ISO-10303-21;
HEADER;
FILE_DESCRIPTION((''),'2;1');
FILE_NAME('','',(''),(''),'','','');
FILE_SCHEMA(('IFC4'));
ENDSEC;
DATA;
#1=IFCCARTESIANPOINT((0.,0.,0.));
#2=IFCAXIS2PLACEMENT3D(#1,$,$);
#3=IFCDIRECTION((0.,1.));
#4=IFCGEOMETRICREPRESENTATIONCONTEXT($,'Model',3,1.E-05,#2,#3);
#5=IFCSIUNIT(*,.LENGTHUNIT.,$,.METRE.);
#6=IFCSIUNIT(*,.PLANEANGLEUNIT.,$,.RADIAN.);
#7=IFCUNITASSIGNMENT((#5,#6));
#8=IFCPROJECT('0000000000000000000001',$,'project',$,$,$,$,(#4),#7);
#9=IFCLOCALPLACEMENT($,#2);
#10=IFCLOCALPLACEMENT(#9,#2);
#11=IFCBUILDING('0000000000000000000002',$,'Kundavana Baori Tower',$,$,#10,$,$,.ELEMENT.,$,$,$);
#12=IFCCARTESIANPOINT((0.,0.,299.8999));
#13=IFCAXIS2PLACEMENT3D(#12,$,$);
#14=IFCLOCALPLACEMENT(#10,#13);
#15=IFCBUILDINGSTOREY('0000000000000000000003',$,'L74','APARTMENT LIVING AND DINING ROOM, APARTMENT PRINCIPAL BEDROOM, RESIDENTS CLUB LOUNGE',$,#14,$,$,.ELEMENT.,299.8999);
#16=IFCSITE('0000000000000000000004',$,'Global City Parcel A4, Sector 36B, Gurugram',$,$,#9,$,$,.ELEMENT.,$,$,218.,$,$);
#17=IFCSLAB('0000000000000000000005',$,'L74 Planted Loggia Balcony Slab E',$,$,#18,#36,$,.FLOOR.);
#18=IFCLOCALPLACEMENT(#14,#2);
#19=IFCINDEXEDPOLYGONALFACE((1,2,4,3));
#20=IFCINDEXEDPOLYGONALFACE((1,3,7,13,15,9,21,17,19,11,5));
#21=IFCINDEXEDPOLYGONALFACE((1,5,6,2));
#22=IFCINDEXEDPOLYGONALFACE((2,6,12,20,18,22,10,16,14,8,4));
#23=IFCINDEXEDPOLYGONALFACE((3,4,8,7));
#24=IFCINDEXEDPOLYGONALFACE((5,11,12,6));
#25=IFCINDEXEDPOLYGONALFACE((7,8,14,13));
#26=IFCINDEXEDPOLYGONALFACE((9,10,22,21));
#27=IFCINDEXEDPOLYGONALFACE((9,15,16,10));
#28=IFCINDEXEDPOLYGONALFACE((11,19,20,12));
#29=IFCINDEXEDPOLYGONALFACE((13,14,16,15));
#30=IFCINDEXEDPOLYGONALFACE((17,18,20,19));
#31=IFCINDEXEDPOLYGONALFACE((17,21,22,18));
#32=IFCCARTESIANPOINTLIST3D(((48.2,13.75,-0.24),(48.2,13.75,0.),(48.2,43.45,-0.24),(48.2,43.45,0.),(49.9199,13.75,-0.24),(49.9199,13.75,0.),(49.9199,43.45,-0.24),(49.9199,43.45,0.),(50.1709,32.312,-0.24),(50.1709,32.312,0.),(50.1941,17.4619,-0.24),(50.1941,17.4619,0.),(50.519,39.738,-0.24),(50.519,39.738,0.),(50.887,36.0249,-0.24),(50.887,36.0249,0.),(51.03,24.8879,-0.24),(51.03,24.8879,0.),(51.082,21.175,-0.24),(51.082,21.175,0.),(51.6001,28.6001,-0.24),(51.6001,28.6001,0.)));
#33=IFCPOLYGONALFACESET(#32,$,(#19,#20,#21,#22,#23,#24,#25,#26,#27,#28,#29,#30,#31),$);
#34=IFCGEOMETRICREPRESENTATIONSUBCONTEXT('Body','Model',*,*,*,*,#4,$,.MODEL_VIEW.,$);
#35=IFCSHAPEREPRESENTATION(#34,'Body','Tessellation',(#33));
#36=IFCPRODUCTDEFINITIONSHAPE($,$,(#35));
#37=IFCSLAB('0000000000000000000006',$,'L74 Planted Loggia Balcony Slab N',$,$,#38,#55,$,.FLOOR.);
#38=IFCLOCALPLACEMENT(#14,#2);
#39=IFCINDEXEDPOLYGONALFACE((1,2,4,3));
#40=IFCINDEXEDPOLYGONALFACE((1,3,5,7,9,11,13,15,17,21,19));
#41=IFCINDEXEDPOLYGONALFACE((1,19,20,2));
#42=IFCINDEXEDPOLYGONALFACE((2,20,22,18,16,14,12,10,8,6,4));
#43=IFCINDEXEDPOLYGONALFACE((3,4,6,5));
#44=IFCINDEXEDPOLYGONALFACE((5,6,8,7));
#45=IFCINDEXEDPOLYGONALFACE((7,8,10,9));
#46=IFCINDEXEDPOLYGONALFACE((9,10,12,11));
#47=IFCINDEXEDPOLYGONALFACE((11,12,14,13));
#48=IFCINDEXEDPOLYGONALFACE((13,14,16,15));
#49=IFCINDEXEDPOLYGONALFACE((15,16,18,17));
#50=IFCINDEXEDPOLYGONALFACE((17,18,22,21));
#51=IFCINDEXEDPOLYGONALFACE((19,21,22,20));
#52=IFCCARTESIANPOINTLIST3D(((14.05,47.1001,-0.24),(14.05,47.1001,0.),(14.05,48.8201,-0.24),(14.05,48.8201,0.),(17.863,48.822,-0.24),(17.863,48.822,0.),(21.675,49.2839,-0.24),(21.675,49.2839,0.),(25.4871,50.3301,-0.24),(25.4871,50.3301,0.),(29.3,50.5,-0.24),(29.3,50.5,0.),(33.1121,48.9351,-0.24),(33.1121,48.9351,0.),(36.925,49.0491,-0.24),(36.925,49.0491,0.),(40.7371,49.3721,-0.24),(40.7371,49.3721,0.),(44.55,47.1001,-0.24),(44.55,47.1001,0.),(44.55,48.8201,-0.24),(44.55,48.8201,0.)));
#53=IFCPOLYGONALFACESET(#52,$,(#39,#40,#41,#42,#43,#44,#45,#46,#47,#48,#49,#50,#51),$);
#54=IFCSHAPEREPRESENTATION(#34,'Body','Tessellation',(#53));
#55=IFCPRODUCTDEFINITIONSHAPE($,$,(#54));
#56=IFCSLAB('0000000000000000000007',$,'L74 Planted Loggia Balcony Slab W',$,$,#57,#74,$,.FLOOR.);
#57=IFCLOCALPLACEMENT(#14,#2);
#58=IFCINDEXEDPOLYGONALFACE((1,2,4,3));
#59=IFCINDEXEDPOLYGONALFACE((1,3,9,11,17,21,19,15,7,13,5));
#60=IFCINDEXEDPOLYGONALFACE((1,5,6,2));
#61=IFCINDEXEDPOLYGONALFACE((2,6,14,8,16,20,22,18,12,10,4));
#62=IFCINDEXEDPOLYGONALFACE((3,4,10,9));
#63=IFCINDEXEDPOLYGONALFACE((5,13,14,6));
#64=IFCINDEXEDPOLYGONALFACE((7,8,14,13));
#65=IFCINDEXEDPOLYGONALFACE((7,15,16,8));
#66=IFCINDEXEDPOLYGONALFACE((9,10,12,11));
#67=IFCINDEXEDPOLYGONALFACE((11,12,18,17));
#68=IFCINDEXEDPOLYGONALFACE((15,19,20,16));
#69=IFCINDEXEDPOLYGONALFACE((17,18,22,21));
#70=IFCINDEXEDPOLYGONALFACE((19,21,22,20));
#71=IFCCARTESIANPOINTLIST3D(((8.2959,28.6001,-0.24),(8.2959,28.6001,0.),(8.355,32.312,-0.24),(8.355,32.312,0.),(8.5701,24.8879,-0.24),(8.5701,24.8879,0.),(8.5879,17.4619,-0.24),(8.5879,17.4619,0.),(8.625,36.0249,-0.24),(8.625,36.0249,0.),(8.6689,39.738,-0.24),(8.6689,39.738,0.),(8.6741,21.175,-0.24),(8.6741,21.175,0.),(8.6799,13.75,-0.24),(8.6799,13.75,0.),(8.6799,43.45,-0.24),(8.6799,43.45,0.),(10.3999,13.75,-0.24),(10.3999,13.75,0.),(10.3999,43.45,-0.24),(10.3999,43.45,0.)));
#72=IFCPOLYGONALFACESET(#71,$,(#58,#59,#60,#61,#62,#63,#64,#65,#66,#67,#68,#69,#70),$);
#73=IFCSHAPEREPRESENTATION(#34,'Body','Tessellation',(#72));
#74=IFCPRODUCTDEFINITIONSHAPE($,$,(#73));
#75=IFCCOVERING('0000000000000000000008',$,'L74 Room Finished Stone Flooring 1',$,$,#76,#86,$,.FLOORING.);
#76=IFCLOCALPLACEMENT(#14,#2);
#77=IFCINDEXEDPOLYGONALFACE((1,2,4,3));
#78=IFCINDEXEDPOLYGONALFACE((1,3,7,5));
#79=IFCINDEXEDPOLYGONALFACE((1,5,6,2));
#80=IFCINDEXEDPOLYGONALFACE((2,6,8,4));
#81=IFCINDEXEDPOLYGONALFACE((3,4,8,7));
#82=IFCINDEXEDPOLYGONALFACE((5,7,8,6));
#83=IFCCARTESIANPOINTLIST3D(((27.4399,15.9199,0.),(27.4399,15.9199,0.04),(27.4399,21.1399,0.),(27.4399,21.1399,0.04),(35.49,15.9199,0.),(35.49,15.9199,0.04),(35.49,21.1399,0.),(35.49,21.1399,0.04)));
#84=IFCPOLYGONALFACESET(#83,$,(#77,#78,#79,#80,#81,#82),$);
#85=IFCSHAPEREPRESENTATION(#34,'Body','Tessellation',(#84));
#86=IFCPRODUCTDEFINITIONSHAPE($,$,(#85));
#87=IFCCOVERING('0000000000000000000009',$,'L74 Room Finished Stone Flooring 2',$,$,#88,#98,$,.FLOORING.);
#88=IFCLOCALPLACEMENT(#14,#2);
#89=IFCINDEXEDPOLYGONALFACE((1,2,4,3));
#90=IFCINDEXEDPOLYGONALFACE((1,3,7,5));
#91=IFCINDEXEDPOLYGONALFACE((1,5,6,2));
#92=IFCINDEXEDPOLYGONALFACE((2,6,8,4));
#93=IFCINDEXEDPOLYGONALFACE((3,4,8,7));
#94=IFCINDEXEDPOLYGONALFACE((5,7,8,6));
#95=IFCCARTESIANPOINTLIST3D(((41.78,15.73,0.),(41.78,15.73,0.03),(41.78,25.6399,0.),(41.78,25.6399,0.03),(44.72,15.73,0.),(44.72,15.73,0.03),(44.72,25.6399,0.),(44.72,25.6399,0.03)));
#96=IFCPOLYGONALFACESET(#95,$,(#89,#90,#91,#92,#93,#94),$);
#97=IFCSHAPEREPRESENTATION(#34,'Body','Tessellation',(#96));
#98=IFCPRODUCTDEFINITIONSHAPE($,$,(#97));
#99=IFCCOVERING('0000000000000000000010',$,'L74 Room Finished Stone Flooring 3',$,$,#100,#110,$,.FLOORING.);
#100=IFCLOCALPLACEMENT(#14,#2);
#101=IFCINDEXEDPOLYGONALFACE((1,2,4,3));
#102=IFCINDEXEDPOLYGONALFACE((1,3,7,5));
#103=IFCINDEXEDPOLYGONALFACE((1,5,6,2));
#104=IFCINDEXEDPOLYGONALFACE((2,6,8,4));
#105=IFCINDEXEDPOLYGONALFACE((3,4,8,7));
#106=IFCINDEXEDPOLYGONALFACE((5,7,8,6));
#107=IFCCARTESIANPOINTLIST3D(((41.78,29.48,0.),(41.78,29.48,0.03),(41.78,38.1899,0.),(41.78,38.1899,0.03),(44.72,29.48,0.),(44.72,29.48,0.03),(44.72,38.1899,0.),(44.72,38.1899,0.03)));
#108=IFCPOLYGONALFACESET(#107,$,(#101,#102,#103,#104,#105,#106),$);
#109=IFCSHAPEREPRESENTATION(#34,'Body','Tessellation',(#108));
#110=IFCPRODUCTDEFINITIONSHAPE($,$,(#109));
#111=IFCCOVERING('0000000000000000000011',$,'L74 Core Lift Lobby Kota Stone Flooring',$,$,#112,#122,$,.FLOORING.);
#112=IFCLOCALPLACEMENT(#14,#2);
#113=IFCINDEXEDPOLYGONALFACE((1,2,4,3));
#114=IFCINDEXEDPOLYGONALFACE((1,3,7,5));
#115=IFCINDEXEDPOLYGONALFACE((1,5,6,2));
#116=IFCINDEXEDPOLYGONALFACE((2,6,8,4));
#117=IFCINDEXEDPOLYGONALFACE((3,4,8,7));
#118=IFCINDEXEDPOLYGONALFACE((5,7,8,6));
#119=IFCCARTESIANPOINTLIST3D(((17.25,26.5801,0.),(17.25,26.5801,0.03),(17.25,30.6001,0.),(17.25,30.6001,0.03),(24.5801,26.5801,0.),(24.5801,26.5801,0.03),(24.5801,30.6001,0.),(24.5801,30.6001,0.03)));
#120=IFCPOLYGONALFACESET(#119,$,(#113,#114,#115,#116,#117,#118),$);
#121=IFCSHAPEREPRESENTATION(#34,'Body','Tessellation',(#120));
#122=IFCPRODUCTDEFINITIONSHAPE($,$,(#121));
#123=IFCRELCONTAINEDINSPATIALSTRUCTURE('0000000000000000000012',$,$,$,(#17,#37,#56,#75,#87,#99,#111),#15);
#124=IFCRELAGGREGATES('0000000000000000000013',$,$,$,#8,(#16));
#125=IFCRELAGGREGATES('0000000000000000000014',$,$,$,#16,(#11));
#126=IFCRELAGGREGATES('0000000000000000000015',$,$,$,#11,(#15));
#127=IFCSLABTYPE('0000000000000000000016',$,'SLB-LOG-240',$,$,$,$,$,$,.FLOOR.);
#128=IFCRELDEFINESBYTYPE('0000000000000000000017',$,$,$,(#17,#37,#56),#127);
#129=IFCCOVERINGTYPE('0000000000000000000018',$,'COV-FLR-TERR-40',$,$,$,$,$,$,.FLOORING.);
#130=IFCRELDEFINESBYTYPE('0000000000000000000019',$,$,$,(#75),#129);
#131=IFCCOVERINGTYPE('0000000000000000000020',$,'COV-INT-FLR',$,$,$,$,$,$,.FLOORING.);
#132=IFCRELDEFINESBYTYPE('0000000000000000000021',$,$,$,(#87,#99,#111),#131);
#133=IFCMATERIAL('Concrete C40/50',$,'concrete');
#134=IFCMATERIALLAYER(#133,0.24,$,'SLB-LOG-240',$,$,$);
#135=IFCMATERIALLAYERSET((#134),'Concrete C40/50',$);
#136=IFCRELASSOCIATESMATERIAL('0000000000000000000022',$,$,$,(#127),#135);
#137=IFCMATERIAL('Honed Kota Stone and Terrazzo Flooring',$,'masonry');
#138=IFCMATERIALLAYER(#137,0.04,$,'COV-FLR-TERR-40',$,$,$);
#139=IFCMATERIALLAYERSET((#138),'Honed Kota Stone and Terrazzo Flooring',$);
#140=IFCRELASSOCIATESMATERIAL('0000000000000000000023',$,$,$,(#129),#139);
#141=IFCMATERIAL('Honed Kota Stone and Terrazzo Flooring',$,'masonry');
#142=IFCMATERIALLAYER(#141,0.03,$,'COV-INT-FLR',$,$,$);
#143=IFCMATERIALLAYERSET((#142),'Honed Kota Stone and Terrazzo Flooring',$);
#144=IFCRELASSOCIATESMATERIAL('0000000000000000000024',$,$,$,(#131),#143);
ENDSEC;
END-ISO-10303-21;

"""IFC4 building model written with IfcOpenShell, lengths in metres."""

from ifc_helpers import new_model, si_unit, direction, frame, origin, place, context, subcontext, project, spatial, polyline, outline, extrude, material, layer, layer_set, type_object, element, save


model = new_model("IFC4")

# Units and contexts
model_context = context("Model", 3, precision=1e-05, world=origin(), true_north=direction((0.0, 1.0)))
body_context = subcontext(model_context, "Body", "Model", "MODEL_VIEW")
ifc_project = project(units=[si_unit("LENGTHUNIT", "METRE"), si_unit("PLANEANGLEUNIT", "RADIAN")], contexts=[model_context])

# Site, building, storey
site_placement = place(None, origin())
site = spatial("IfcSite", under=ifc_project, at=site_placement, Name="Global City Parcel A4, Sector 36B, Gurugram", CompositionType="ELEMENT", RefElevation=218.0)
building_placement = place(site_placement, origin())
building = spatial("IfcBuilding", under=site, at=building_placement, Name="Kundavana Baori Tower", CompositionType="ELEMENT")
storey_placement = place(building_placement, frame((0.0, 0.0, 299.8999)))
storey = spatial("IfcBuildingStorey", under=building, at=storey_placement, Name="L74", Description="APARTMENT LIVING AND DINING ROOM, APARTMENT PRINCIPAL BEDROOM, RESIDENTS CLUB LOUNGE", CompositionType="ELEMENT", Elevation=299.8999)

# Slabs
ifc_material_1 = material(Name="Concrete C40/50", Category="concrete")
ifc_layer_1 = layer(ifc_material_1, 0.24, Name="SLB-LOG-240")
ifc_layer_set_1 = layer_set([ifc_layer_1], Name="Concrete C40/50")
slab_type_1 = type_object("IfcSlabType", Name="SLB-LOG-240", PredefinedType="FLOOR", material=ifc_layer_set_1)
slab_1_placement = place(storey_placement, frame((0.0, 0.0, -0.24)))
element("IfcSlab", 1, at=slab_1_placement, inside=storey, type_object=slab_type_1, Name="L74 Planted Loggia Balcony Slab E", PredefinedType="FLOOR", context=body_context, shape_type="SweptSolid", body=[
    extrude(outline(polyline([(48.2, 13.75), (48.2, 43.45), (49.9199, 43.45), (50.519, 39.738), (50.887, 36.0249), (50.1709, 32.312), (51.6001, 28.6001), (51.03, 24.8879), (51.082, 21.175), (50.1941, 17.4619), (49.9199, 13.75), (48.2, 13.75)])), origin(), (0.0, 0.0, 1.0), 0.24),
])
slab_2_placement = place(storey_placement, frame((0.0, 0.0, -0.24)))
element("IfcSlab", 2, at=slab_2_placement, inside=storey, type_object=slab_type_1, Name="L74 Planted Loggia Balcony Slab N", PredefinedType="FLOOR", context=body_context, shape_type="SweptSolid", body=[
    extrude(outline(polyline([(44.55, 47.1001), (14.05, 47.1001), (14.05, 48.8201), (17.863, 48.822), (21.675, 49.2839), (25.4871, 50.3301), (29.3, 50.5), (33.1121, 48.9351), (36.925, 49.0491), (40.7371, 49.3721), (44.55, 48.8201), (44.55, 47.1001)])), origin(), (0.0, 0.0, 1.0), 0.24),
])
slab_3_placement = place(storey_placement, frame((0.0, 0.0, -0.24)))
element("IfcSlab", 3, at=slab_3_placement, inside=storey, type_object=slab_type_1, Name="L74 Planted Loggia Balcony Slab W", PredefinedType="FLOOR", context=body_context, shape_type="SweptSolid", body=[
    extrude(outline(polyline([(10.3999, 43.45), (10.3999, 13.75), (8.6799, 13.75), (8.5879, 17.4619), (8.6741, 21.175), (8.5701, 24.8879), (8.2959, 28.6001), (8.355, 32.312), (8.625, 36.0249), (8.6689, 39.738), (8.6799, 43.45), (10.3999, 43.45)])), origin(), (0.0, 0.0, 1.0), 0.24),
])

# Coverings
ifc_material_2 = material(Name="Honed Kota Stone and Terrazzo Flooring", Category="masonry")
ifc_layer_2 = layer(ifc_material_2, 0.04, Name="COV-FLR-TERR-40")
ifc_layer_set_2 = layer_set([ifc_layer_2], Name="Honed Kota Stone and Terrazzo Flooring")
covering_type_1 = type_object("IfcCoveringType", Name="COV-FLR-TERR-40", PredefinedType="FLOORING", material=ifc_layer_set_2)
covering_1_placement = place(storey_placement, origin())
element("IfcCovering", 4, at=covering_1_placement, inside=storey, type_object=covering_type_1, Name="L74 Room Finished Stone Flooring 1", PredefinedType="FLOORING", context=body_context, shape_type="SweptSolid", body=[
    extrude(outline(polyline([(27.4399, 15.9199), (35.49, 15.9199), (35.49, 21.1399), (27.4399, 21.1399), (27.4399, 15.9199)])), origin(), (0.0, 0.0, 1.0), 0.04),
])
ifc_material_3 = material(Name="Honed Kota Stone and Terrazzo Flooring", Category="masonry")
ifc_layer_3 = layer(ifc_material_3, 0.03, Name="COV-INT-FLR")
ifc_layer_set_3 = layer_set([ifc_layer_3], Name="Honed Kota Stone and Terrazzo Flooring")
covering_type_2 = type_object("IfcCoveringType", Name="COV-INT-FLR", PredefinedType="FLOORING", material=ifc_layer_set_3)
covering_2_placement = place(storey_placement, origin())
element("IfcCovering", 5, at=covering_2_placement, inside=storey, type_object=covering_type_2, Name="L74 Room Finished Stone Flooring 2", PredefinedType="FLOORING", context=body_context, shape_type="SweptSolid", body=[
    extrude(outline(polyline([(41.78, 15.73), (44.72, 15.73), (44.72, 25.6399), (41.78, 25.6399), (41.78, 15.73)])), origin(), (0.0, 0.0, 1.0), 0.03),
])
covering_3_placement = place(storey_placement, origin())
element("IfcCovering", 6, at=covering_3_placement, inside=storey, type_object=covering_type_2, Name="L74 Room Finished Stone Flooring 3", PredefinedType="FLOORING", context=body_context, shape_type="SweptSolid", body=[
    extrude(outline(polyline([(41.78, 29.48), (44.72, 29.48), (44.72, 38.1899), (41.78, 38.1899), (41.78, 29.48)])), origin(), (0.0, 0.0, 1.0), 0.03),
])
covering_4_placement = place(storey_placement, origin())
element("IfcCovering", 7, at=covering_4_placement, inside=storey, type_object=covering_type_2, Name="L74 Core Lift Lobby Kota Stone Flooring", PredefinedType="FLOORING", context=body_context, shape_type="SweptSolid", body=[
    extrude(outline(polyline([(17.25, 26.5801), (24.5801, 26.5801), (24.5801, 30.6001), (17.25, 30.6001), (17.25, 26.5801)])), origin(), (0.0, 0.0, 1.0), 0.03),
])

save(model, "model.ifc")
